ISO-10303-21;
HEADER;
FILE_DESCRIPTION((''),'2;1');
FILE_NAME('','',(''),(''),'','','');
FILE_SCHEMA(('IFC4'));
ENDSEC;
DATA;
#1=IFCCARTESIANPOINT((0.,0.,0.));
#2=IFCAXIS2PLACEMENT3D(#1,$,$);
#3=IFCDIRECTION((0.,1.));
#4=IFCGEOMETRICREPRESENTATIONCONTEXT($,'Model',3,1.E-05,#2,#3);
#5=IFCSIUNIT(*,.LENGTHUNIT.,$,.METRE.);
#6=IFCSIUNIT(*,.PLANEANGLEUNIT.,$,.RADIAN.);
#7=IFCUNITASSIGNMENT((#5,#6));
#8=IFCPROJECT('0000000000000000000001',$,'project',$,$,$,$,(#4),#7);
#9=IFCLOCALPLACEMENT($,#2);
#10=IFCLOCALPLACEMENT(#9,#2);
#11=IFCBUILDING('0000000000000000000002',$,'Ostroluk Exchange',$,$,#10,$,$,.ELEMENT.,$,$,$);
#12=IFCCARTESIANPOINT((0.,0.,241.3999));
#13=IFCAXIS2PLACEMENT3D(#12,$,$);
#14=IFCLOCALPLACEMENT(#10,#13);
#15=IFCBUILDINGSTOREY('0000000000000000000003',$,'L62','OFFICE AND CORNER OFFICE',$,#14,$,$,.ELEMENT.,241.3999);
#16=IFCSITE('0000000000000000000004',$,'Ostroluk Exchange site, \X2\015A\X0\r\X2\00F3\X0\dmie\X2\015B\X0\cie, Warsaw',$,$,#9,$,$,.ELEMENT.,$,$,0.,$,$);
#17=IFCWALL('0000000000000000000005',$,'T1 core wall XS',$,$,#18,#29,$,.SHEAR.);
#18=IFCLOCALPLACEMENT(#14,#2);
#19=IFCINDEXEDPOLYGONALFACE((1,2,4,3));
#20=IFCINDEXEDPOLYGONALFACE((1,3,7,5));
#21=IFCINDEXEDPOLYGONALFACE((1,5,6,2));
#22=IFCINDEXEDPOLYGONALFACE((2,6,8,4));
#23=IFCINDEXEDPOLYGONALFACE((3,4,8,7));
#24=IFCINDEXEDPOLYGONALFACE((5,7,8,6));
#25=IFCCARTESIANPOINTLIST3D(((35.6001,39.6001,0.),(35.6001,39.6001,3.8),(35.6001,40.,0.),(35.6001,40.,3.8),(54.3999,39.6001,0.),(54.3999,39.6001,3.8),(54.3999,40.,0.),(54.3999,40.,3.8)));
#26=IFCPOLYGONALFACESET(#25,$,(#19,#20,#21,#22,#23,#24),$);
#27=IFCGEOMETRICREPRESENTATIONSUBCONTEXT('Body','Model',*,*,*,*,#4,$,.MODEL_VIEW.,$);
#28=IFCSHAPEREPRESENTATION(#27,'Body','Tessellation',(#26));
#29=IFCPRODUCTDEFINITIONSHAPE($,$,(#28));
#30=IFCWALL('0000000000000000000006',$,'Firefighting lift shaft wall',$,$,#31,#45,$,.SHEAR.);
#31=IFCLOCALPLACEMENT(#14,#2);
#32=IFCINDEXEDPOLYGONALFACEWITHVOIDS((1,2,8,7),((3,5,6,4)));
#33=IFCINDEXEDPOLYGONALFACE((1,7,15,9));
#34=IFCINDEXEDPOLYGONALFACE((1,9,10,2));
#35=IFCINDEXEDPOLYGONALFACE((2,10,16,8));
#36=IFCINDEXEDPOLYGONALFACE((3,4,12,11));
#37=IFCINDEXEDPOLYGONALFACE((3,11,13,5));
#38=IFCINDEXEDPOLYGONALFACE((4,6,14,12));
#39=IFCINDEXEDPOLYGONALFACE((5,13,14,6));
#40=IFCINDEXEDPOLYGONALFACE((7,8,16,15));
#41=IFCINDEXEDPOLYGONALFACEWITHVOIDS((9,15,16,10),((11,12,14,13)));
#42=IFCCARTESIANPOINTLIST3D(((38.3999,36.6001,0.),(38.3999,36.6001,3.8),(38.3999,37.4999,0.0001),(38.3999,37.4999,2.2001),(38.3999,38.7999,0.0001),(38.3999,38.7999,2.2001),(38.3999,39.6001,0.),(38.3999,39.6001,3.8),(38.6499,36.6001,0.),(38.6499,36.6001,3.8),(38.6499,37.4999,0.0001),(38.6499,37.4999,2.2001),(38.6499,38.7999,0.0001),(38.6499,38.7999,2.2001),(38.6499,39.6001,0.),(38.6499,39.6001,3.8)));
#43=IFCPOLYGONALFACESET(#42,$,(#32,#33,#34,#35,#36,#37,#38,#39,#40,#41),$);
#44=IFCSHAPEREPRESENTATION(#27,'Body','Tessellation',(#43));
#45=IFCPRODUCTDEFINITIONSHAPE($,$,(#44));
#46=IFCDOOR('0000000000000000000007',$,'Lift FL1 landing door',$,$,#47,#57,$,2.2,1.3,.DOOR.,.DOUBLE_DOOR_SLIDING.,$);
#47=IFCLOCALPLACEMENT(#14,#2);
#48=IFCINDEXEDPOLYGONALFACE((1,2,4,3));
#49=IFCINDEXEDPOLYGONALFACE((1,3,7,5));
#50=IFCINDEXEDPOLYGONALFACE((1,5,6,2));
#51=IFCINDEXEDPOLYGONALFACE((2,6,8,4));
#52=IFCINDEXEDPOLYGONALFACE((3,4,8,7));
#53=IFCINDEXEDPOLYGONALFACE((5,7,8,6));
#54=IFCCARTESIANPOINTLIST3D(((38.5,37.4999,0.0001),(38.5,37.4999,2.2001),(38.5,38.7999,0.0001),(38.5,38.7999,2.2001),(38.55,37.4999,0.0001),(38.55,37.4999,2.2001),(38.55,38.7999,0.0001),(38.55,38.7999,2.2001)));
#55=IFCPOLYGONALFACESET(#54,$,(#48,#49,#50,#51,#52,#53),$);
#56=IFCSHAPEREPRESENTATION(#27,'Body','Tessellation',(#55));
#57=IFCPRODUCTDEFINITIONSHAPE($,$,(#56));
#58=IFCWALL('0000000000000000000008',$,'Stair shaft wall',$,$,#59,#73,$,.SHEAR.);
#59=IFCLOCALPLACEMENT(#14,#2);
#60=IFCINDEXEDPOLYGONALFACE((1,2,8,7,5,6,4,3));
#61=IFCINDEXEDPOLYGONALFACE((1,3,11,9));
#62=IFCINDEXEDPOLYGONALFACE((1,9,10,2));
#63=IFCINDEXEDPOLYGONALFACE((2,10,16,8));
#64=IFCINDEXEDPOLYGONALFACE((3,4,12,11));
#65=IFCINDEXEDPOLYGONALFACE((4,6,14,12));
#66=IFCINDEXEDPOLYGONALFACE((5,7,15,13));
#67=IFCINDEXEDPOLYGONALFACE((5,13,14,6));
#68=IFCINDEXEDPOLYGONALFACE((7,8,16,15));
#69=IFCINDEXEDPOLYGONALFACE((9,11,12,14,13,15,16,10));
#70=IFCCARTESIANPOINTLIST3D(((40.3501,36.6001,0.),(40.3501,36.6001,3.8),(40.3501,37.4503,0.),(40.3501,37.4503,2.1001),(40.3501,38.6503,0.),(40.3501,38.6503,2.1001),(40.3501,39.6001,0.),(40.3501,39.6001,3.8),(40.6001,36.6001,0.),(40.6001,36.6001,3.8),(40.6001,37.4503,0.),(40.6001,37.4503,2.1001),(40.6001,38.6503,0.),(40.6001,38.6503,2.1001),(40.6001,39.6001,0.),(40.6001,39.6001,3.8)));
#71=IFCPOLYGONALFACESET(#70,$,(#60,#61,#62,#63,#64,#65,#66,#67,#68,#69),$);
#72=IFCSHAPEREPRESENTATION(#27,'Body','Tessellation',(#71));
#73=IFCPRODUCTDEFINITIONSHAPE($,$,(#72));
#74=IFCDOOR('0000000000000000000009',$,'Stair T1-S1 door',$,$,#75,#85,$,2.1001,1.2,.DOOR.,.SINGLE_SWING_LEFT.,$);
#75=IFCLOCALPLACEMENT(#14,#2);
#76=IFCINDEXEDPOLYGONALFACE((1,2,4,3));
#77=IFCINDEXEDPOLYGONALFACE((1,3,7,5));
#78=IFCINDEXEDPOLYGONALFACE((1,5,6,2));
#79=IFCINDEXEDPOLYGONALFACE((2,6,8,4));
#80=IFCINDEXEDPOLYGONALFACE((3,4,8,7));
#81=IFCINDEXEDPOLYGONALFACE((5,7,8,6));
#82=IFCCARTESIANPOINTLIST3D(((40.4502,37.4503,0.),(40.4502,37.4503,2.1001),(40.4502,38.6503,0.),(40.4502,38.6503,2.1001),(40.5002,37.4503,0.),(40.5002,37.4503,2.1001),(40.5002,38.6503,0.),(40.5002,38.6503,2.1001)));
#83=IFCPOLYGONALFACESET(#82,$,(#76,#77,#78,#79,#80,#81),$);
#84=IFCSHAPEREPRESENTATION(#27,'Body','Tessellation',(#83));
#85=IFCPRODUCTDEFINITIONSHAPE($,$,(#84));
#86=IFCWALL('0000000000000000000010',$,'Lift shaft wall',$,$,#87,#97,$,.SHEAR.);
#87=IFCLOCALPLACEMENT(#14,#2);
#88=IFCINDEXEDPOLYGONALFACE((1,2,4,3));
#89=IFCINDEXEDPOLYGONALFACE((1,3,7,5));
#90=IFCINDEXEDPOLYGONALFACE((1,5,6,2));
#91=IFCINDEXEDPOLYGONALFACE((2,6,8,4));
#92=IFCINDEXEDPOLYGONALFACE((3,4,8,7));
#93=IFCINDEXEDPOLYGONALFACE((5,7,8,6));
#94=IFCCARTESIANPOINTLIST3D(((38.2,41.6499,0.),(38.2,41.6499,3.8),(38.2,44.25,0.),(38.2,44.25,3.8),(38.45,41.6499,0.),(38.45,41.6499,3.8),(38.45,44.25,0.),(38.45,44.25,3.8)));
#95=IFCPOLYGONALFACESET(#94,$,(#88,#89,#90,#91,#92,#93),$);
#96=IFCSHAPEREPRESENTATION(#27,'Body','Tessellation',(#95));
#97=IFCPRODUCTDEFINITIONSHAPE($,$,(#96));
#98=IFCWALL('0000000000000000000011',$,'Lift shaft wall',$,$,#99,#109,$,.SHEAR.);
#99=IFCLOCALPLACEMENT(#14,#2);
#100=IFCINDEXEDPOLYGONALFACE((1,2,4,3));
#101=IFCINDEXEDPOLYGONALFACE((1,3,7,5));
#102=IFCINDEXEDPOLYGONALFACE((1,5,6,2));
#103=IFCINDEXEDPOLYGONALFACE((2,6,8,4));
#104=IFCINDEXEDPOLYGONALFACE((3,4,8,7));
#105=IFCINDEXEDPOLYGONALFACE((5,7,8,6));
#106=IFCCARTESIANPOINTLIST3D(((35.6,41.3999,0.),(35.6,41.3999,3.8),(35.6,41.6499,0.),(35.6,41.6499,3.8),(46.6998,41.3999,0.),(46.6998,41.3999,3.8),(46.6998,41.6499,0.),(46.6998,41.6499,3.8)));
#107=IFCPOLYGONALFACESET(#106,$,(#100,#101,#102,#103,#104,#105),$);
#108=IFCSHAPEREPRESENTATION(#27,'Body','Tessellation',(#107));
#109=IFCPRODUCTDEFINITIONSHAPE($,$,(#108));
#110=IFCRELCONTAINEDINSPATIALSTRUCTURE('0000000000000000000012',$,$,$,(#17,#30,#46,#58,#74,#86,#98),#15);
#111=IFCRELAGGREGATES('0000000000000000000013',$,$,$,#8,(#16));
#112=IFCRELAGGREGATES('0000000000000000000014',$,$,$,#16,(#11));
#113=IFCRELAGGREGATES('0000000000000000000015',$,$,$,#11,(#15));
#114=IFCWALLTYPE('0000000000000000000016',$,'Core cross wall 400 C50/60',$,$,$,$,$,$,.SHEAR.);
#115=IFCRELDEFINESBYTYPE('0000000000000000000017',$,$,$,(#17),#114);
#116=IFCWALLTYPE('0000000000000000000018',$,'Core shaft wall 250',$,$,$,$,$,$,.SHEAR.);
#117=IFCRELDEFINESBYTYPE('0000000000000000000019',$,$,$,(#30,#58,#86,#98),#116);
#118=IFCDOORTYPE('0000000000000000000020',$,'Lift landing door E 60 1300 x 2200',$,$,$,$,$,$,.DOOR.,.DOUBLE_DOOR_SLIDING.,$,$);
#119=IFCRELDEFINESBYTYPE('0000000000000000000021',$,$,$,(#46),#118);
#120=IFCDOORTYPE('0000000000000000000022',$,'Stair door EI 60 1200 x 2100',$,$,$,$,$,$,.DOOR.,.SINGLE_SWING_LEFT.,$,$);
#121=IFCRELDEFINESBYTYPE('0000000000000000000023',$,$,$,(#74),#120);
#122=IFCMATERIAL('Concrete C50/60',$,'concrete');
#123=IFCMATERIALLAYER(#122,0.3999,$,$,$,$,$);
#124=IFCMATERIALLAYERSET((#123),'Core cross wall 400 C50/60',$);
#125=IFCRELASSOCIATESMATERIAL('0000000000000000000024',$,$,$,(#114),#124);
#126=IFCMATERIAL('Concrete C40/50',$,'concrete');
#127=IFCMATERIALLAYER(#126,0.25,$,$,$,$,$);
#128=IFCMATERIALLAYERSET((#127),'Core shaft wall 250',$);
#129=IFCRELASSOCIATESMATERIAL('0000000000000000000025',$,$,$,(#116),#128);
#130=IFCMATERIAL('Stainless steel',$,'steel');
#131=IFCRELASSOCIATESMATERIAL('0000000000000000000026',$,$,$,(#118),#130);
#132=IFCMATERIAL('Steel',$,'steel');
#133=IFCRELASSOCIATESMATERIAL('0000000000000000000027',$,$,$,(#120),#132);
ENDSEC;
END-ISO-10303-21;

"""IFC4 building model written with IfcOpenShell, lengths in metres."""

from ifc_helpers import new_model, si_unit, direction, frame, frame_2d, origin, place, context, subcontext, project, spatial, rectangle, extrude, material, layer, layer_set, type_object, element, fill, save


model = new_model("IFC4")

# Units and contexts
model_context = context("Model", 3, precision=1e-05, world=origin(), true_north=direction((0.0, 1.0)))
body_context = subcontext(model_context, "Body", "Model", "MODEL_VIEW")
ifc_project = project(units=[si_unit("LENGTHUNIT", "METRE"), si_unit("PLANEANGLEUNIT", "RADIAN")], contexts=[model_context])

# Site, building, storey
site_placement = place(None, origin())
site = spatial("IfcSite", under=ifc_project, at=site_placement, Name="Ostroluk Exchange site, Śródmieście, Warsaw", CompositionType="ELEMENT", RefElevation=0.0)
building_placement = place(site_placement, origin())
building = spatial("IfcBuilding", under=site, at=building_placement, Name="Ostroluk Exchange", CompositionType="ELEMENT")
storey_placement = place(building_placement, frame((0.0, 0.0, 241.3999)))
storey = spatial("IfcBuildingStorey", under=building, at=storey_placement, Name="L62", Description="OFFICE AND CORNER OFFICE", CompositionType="ELEMENT", Elevation=241.3999)

# Wall
ifc_material_1 = material(Name="Concrete C50/60", Category="concrete")
ifc_layer_1 = layer(ifc_material_1, 0.3999)
ifc_layer_set_1 = layer_set([ifc_layer_1], Name="Core cross wall 400 C50/60")
wall_type_1 = type_object("IfcWallType", Name="Core cross wall 400 C50/60", PredefinedType="SHEAR", material=ifc_layer_set_1)
wall_1_placement = place(storey_placement, frame((35.6001, 39.8, 0.0), z_axis=(0.0, 0.0, 1.0), x_axis=(1.0, 0.0, 0.0)))
element("IfcWall", 1, at=wall_1_placement, inside=storey, type_object=wall_type_1, Name="T1 core wall XS", PredefinedType="SHEAR", context=body_context, shape_type="SweptSolid", body=[
    extrude(rectangle(XDim=18.7998, YDim=0.3999, at=frame_2d((9.3999, 0.0))), origin(), (0.0, 0.0, 1.0), 3.8),
])

# Walls, openings, doors
ifc_material_2 = material(Name="Concrete C40/50", Category="concrete")
ifc_layer_2 = layer(ifc_material_2, 0.25)
ifc_layer_set_2 = layer_set([ifc_layer_2], Name="Core shaft wall 250")
wall_type_2 = type_object("IfcWallType", Name="Core shaft wall 250", PredefinedType="SHEAR", material=ifc_layer_set_2)
wall_2_placement = place(storey_placement, frame((38.5249, 36.6001, 0.0), z_axis=(0.0, 0.0, 1.0), x_axis=(0.0, 1.0, 0.0)))
wall_2 = element("IfcWall", 2, at=wall_2_placement, inside=storey, type_object=wall_type_2, Name="Firefighting lift shaft wall", PredefinedType="SHEAR", context=body_context, shape_type="SweptSolid", body=[
    extrude(rectangle(XDim=3.0, YDim=0.25, at=frame_2d((1.5, 0.0))), origin(), (0.0, 0.0, 1.0), 3.8),
])
opening_1_placement = place(wall_2_placement, frame((0.8999, 0.0, 0.0)))
opening_1 = element("IfcOpeningElement", 3, at=opening_1_placement, cuts=wall_2, PredefinedType="OPENING", context=body_context, shape_type="SweptSolid", body=[
    extrude(rectangle(XDim=1.3, YDim=2.2, at=frame_2d((0.6499, 1.1001))), frame((0.0, 0.135, 0.0), z_axis=(0.0, -1.0, 0.0), x_axis=(1.0, 0.0, 0.0)), (0.0, 0.0, 1.0), 0.27),
])
ifc_material_3 = material(Name="Stainless steel", Category="steel")
door_type_1 = type_object("IfcDoorType", Name="Lift landing door E 60 1300 x 2200", OperationType="DOUBLE_DOOR_SLIDING", PredefinedType="DOOR", material=ifc_material_3)
door_1_placement = place(opening_1_placement, origin())
door_1 = element("IfcDoor", 4, at=door_1_placement, inside=storey, type_object=door_type_1, Name="Lift FL1 landing door", OperationType="DOUBLE_DOOR_SLIDING", OverallHeight=2.2, OverallWidth=1.3, PredefinedType="DOOR", context=body_context, shape_type="SweptSolid", body=[
    extrude(rectangle(XDim=1.3, YDim=2.2, at=frame_2d((0.6499, 1.1001))), frame((0.0, 0.0249, 0.0), z_axis=(0.0, -1.0, 0.0), x_axis=(1.0, 0.0, 0.0)), (0.0, 0.0, 1.0), 0.05),
])
fill(opening_1, door_1)
wall_3_placement = place(storey_placement, frame((40.4751, 36.6001, 0.0), z_axis=(0.0, 0.0, 1.0), x_axis=(0.0, 1.0, 0.0)))
wall_3 = element("IfcWall", 5, at=wall_3_placement, inside=storey, type_object=wall_type_2, Name="Stair shaft wall", PredefinedType="SHEAR", context=body_context, shape_type="SweptSolid", body=[
    extrude(rectangle(XDim=3.0, YDim=0.25, at=frame_2d((1.5, 0.0))), origin(), (0.0, 0.0, 1.0), 3.8),
])
opening_2_placement = place(wall_3_placement, frame((0.8501, 0.0, 0.0)))
opening_2 = element("IfcOpeningElement", 6, at=opening_2_placement, cuts=wall_3, PredefinedType="OPENING", context=body_context, shape_type="SweptSolid", body=[
    extrude(rectangle(XDim=1.2, YDim=2.1001, at=frame_2d((0.6001, 1.05))), frame((0.0, 0.135, 0.0), z_axis=(0.0, -1.0, 0.0), x_axis=(1.0, 0.0, 0.0)), (0.0, 0.0, 1.0), 0.27),
])
ifc_material_4 = material(Name="Steel", Category="steel")
door_type_2 = type_object("IfcDoorType", Name="Stair door EI 60 1200 x 2100", OperationType="SINGLE_SWING_LEFT", PredefinedType="DOOR", material=ifc_material_4)
door_2_placement = place(opening_2_placement, origin())
door_2 = element("IfcDoor", 7, at=door_2_placement, inside=storey, type_object=door_type_2, Name="Stair T1-S1 door", OperationType="SINGLE_SWING_LEFT", OverallHeight=2.1001, OverallWidth=1.2, PredefinedType="DOOR", context=body_context, shape_type="SweptSolid", body=[
    extrude(rectangle(XDim=1.2, YDim=2.1001, at=frame_2d((0.6001, 1.05))), frame((0.0, 0.0249, 0.0), z_axis=(0.0, -1.0, 0.0), x_axis=(1.0, 0.0, 0.0)), (0.0, 0.0, 1.0), 0.05),
])
fill(opening_2, door_2)

# Walls
wall_4_placement = place(storey_placement, frame((38.325, 44.25, 0.0), z_axis=(0.0, 0.0, 1.0), x_axis=(0.0, -1.0, 0.0)))
element("IfcWall", 8, at=wall_4_placement, inside=storey, type_object=wall_type_2, Name="Lift shaft wall", PredefinedType="SHEAR", context=body_context, shape_type="SweptSolid", body=[
    extrude(rectangle(XDim=2.6001, YDim=0.25, at=frame_2d((1.3, 0.0))), origin(), (0.0, 0.0, 1.0), 3.8),
])
wall_5_placement = place(storey_placement, frame((35.6001, 41.5249, 0.0), z_axis=(0.0, 0.0, 1.0), x_axis=(1.0, 0.0, 0.0)))
element("IfcWall", 9, at=wall_5_placement, inside=storey, type_object=wall_type_2, Name="Lift shaft wall", PredefinedType="SHEAR", context=body_context, shape_type="SweptSolid", body=[
    extrude(rectangle(XDim=11.0999, YDim=0.25, at=frame_2d((5.5498, 0.0))), origin(), (0.0, 0.0, 1.0), 3.8),
])

save(model, "model.ifc")
